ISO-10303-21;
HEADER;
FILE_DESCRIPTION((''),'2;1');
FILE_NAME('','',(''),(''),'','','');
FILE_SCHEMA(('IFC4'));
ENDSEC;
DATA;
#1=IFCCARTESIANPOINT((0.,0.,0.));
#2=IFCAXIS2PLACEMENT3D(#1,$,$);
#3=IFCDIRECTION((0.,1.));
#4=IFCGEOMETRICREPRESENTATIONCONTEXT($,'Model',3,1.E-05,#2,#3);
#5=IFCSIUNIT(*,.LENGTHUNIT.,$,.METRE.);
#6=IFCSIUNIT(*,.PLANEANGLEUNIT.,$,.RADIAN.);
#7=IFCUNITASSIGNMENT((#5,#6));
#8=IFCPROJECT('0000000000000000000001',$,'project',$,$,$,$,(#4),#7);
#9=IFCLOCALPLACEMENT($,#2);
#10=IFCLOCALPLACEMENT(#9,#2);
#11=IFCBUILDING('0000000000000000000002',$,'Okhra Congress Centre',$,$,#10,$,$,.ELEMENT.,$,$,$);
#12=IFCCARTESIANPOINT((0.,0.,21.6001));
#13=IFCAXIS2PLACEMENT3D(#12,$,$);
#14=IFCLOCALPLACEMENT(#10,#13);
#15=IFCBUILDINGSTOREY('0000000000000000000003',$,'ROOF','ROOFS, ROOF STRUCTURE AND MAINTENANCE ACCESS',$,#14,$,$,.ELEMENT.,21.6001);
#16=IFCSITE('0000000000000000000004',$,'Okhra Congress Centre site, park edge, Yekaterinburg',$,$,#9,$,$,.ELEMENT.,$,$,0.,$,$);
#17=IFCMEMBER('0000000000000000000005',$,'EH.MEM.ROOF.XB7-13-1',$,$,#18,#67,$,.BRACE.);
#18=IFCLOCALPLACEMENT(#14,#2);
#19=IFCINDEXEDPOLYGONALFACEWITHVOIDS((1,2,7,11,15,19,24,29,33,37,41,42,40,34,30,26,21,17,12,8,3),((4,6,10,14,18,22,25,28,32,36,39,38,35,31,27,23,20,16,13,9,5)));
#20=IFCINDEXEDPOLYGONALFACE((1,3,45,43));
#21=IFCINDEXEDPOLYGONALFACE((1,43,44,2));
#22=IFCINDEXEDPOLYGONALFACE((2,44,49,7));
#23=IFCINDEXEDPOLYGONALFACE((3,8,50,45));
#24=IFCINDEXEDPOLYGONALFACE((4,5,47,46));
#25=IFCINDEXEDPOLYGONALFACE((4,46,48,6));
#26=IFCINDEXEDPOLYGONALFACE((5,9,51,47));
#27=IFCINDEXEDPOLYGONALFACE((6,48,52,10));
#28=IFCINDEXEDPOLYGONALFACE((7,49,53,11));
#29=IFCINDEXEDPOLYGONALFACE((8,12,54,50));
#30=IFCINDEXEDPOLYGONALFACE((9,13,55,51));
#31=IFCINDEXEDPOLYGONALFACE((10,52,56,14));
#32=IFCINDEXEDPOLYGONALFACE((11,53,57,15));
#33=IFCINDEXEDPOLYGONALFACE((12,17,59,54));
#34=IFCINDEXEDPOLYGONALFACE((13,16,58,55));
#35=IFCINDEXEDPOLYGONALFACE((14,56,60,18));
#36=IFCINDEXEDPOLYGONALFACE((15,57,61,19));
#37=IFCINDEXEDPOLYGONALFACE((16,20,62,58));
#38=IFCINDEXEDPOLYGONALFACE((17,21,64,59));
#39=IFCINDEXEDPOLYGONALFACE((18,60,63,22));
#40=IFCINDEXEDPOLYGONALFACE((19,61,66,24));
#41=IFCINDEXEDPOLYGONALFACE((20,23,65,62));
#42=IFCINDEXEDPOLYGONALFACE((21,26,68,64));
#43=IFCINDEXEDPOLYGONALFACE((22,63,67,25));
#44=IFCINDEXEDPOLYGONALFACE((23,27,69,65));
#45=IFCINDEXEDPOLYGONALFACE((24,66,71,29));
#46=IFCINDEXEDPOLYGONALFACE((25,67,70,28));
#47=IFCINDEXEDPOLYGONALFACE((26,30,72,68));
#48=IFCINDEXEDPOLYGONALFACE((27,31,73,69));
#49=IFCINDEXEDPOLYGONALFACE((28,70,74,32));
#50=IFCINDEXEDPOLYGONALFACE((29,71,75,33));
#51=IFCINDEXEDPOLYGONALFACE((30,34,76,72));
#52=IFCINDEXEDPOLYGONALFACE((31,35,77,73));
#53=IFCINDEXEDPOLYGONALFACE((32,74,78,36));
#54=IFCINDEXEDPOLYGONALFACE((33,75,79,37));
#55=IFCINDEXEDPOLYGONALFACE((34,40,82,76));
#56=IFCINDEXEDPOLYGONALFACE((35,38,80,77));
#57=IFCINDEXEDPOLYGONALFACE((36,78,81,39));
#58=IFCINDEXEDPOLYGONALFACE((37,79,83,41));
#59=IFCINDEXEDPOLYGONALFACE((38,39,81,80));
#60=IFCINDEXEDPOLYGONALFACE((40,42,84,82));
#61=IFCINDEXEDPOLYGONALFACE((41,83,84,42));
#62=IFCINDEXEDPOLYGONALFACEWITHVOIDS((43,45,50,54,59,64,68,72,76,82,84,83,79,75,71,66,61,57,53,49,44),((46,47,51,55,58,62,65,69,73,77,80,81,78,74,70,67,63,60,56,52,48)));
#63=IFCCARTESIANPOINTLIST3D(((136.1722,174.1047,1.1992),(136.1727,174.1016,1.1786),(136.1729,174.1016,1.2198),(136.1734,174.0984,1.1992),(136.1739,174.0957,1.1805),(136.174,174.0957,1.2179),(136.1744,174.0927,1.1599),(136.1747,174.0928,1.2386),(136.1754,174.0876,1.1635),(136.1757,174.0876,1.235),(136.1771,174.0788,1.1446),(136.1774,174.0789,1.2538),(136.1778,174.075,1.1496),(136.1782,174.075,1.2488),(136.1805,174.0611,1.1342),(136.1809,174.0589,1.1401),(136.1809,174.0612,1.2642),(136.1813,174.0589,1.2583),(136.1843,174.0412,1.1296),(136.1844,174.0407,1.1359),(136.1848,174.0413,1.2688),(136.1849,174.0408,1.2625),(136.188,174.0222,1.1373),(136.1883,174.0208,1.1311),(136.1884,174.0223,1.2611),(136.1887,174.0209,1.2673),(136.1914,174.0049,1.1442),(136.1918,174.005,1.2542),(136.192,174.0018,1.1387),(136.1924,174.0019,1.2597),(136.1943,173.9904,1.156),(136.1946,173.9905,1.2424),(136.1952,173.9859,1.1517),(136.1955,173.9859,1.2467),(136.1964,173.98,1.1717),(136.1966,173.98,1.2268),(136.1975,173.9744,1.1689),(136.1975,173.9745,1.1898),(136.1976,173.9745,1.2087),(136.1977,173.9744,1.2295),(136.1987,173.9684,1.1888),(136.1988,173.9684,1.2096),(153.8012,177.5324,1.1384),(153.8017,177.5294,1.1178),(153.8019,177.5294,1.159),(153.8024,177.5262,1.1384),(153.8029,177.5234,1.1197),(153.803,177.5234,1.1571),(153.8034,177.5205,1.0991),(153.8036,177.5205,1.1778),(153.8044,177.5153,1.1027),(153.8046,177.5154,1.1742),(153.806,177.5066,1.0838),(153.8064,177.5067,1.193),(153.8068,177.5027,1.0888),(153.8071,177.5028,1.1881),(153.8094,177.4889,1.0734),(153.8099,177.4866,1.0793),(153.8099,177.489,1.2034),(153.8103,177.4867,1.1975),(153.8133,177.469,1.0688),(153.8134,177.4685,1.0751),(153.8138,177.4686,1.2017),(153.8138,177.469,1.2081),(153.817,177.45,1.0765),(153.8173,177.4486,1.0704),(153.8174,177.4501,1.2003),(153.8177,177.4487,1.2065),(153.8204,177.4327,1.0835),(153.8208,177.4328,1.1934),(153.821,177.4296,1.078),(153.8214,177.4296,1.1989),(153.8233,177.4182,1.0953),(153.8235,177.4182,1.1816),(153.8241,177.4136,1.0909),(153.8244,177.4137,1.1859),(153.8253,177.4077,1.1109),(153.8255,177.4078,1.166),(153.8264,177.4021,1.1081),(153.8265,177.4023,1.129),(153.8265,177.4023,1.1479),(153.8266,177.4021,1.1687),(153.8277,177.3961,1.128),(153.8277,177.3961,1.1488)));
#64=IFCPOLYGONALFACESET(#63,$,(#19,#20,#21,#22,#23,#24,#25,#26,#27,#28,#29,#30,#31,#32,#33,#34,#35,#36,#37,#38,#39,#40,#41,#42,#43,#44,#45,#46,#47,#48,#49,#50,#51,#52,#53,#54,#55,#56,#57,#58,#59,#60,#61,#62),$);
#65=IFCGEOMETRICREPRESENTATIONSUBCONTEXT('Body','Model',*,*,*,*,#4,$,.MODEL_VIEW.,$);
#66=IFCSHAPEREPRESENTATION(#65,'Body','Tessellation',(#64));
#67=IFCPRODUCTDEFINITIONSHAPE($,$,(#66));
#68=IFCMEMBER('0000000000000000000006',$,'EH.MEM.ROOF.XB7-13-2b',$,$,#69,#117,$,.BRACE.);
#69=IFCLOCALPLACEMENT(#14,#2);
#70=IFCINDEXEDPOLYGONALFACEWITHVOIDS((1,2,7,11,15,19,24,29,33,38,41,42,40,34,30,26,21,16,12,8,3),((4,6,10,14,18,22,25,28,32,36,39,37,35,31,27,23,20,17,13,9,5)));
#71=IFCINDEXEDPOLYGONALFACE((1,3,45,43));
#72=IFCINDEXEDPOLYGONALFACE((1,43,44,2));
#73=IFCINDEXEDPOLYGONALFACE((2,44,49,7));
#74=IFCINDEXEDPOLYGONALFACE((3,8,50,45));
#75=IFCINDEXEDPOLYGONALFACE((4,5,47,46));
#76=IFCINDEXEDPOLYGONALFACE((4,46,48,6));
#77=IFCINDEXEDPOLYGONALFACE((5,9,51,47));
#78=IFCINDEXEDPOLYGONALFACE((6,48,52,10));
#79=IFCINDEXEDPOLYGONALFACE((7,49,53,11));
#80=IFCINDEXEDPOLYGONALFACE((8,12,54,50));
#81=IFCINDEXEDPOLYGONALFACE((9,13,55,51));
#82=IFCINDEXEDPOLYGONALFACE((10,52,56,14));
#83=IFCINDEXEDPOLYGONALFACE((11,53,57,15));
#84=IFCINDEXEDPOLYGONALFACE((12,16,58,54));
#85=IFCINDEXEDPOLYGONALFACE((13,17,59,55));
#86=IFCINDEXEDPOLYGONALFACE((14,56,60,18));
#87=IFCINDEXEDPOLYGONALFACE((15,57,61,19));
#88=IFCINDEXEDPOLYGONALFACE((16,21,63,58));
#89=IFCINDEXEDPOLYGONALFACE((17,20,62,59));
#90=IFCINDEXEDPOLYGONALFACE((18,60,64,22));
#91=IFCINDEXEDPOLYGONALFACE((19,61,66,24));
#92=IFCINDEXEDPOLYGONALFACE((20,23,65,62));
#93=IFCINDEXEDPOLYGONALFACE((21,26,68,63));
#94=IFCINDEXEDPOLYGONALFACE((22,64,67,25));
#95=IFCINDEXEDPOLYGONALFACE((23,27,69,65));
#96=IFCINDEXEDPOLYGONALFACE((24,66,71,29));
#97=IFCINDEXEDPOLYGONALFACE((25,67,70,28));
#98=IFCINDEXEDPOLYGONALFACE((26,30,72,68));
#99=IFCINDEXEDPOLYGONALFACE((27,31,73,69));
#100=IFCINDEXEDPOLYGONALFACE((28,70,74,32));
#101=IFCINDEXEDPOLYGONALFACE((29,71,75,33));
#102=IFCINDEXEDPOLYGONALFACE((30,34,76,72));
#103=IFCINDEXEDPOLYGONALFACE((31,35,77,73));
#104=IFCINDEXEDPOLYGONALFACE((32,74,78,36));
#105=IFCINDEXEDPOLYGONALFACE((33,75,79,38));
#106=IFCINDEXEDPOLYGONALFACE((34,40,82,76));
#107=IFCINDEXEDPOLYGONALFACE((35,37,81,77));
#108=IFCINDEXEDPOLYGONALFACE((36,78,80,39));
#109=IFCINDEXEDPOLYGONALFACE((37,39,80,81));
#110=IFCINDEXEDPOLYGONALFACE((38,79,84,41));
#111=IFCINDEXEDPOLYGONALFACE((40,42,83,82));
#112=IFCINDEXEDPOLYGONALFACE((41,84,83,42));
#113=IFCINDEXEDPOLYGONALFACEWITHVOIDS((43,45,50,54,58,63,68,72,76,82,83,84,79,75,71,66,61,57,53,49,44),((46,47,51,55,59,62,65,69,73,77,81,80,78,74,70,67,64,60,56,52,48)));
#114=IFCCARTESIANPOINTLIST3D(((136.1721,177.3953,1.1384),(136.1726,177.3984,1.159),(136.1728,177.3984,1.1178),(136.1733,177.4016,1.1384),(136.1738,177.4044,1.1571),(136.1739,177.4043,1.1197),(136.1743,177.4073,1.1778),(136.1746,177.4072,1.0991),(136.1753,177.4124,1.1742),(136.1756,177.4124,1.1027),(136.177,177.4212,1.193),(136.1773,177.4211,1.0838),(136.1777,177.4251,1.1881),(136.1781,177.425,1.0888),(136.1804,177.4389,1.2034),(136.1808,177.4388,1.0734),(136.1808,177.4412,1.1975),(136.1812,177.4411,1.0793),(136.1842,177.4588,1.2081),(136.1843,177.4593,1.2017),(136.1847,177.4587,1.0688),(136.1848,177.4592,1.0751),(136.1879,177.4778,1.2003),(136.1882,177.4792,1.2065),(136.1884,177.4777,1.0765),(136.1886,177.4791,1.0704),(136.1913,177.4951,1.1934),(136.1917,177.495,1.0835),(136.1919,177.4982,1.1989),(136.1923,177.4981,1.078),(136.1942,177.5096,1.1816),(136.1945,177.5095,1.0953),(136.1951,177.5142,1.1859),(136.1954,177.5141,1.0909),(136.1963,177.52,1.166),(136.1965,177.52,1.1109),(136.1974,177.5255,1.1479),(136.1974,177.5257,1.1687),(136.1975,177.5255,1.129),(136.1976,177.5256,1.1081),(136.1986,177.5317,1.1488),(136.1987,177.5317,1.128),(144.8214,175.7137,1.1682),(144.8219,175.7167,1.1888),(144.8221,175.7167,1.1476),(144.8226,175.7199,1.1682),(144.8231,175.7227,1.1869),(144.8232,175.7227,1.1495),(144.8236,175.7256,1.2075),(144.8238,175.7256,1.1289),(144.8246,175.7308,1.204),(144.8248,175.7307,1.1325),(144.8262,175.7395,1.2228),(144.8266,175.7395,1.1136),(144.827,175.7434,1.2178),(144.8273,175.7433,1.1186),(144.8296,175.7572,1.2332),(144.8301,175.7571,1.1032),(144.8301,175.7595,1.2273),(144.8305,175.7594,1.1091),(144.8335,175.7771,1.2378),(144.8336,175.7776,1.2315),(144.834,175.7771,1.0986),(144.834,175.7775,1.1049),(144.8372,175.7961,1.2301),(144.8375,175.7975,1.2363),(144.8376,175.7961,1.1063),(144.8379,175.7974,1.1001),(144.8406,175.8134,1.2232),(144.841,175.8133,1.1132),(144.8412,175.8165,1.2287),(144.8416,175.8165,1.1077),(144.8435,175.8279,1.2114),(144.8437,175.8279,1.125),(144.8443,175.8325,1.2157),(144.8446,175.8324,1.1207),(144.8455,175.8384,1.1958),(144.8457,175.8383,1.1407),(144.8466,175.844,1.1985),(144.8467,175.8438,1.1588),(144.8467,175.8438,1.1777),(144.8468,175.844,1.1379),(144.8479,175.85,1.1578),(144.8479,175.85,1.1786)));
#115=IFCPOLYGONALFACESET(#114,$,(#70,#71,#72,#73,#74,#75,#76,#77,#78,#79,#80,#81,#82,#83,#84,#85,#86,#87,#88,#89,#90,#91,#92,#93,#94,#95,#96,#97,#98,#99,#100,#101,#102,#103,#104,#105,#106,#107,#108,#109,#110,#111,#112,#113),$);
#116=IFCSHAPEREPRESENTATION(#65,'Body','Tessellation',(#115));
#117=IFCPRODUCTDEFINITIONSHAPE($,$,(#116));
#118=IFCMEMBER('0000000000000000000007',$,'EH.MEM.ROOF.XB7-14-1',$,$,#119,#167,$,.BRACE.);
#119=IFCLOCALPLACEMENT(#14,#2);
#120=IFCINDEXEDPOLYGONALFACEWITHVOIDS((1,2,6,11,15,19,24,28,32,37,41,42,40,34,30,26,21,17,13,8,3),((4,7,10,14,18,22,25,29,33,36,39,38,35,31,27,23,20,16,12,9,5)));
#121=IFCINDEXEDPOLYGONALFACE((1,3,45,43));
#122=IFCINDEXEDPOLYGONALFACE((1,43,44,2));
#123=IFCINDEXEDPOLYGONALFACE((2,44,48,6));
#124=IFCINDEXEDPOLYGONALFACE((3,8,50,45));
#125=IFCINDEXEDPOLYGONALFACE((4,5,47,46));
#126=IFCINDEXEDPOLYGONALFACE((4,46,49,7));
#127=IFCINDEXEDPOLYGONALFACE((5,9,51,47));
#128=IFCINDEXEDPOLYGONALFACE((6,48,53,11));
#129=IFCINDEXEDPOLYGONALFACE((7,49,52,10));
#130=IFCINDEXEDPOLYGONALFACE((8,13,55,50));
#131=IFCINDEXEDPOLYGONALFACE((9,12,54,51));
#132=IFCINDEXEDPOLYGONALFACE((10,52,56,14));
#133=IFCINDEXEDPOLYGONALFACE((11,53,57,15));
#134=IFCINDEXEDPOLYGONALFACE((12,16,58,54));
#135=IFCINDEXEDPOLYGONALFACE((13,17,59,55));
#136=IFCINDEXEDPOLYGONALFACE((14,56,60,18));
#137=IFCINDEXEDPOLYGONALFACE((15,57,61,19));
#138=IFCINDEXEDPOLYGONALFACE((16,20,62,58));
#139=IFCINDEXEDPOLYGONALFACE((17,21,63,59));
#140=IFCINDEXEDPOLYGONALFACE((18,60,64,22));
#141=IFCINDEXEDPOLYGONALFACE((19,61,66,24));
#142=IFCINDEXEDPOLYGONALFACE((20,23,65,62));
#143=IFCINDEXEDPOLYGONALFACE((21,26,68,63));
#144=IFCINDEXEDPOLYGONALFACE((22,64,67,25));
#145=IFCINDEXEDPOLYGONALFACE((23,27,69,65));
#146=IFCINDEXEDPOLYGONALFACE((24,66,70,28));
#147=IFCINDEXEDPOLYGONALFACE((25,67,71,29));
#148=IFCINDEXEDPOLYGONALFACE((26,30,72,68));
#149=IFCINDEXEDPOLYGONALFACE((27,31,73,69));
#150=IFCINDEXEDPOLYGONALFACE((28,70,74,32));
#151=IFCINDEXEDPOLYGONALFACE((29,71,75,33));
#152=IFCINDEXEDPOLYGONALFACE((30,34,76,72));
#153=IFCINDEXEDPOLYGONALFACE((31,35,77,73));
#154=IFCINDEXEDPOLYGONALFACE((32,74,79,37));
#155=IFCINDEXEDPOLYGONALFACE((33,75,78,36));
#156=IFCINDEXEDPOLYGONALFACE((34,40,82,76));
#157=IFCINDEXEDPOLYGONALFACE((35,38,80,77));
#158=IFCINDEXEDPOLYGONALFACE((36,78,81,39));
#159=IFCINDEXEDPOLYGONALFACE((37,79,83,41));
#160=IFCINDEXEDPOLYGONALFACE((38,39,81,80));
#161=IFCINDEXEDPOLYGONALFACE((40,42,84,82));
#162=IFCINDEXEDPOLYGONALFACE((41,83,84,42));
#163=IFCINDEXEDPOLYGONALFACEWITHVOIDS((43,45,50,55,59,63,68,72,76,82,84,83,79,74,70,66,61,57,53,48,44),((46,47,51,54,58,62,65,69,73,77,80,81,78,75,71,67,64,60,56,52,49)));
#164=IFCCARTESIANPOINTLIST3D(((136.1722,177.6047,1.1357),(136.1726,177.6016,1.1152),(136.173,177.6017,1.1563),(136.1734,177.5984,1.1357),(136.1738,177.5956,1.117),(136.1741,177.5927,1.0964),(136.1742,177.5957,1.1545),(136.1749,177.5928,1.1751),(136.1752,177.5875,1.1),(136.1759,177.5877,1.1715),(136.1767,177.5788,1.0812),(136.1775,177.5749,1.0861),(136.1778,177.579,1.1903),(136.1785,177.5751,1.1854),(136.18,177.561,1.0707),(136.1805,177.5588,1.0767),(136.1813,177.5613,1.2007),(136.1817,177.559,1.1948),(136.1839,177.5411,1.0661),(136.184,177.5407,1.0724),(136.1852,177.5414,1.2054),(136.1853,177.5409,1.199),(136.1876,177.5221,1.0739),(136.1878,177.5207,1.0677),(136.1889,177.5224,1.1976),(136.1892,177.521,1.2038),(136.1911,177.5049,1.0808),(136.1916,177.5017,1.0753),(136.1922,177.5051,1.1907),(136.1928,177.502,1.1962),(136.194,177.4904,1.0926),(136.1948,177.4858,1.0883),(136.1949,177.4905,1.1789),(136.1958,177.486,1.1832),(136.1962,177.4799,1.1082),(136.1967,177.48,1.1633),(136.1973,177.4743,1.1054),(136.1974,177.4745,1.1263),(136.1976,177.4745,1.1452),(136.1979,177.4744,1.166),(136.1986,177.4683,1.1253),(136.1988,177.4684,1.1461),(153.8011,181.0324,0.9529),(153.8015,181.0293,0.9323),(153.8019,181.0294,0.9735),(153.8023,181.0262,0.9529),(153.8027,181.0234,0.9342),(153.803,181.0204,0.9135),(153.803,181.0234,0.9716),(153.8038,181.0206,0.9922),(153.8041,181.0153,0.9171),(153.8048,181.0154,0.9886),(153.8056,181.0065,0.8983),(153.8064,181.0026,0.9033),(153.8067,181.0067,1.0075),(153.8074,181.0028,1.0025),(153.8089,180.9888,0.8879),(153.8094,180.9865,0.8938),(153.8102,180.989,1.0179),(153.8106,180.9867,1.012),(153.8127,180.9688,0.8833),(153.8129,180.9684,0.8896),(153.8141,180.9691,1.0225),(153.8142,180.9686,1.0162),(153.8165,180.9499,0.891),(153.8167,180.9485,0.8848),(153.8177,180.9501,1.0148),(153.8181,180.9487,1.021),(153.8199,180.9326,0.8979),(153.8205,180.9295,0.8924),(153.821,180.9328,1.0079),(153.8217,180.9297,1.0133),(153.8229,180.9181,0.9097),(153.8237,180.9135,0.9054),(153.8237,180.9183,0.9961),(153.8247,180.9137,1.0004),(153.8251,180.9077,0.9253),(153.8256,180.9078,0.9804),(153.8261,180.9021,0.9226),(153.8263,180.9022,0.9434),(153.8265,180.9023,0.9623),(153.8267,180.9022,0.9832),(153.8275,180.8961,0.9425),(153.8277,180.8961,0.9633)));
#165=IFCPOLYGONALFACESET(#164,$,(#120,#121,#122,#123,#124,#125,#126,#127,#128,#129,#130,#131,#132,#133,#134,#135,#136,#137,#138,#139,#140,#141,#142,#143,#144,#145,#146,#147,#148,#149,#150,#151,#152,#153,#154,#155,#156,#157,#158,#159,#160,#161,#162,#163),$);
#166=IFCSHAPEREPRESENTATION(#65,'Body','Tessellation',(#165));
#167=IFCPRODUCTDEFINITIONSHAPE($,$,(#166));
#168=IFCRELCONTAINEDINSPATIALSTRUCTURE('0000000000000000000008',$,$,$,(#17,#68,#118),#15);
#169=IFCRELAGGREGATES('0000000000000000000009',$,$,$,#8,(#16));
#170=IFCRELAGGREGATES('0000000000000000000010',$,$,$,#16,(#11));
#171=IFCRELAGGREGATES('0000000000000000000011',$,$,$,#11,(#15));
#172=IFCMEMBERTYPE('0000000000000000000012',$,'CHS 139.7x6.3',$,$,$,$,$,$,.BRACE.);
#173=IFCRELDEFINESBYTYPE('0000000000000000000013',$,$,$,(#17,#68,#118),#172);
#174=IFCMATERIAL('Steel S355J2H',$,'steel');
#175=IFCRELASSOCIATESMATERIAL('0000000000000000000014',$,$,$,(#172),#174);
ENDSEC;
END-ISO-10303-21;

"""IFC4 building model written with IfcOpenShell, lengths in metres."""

from ifc_helpers import new_model, si_unit, direction, frame, origin, origin_2d, place, context, subcontext, project, spatial, hollow_circle, extrude, material, material_profile, profile_set, type_object, element, save


model = new_model("IFC4")

# Units and contexts
model_context = context("Model", 3, precision=1e-05, world=origin(), true_north=direction((0.0, 1.0)))
body_context = subcontext(model_context, "Body", "Model", "MODEL_VIEW")
ifc_project = project(units=[si_unit("LENGTHUNIT", "METRE"), si_unit("PLANEANGLEUNIT", "RADIAN")], contexts=[model_context])

# Site, building, storey
site_placement = place(None, origin())
site = spatial("IfcSite", under=ifc_project, at=site_placement, Name="Okhra Congress Centre site, park edge, Yekaterinburg", CompositionType="ELEMENT", RefElevation=0.0)
building_placement = place(site_placement, origin())
building = spatial("IfcBuilding", under=site, at=building_placement, Name="Okhra Congress Centre", CompositionType="ELEMENT")
storey_placement = place(building_placement, frame((0.0, 0.0, 21.6001)))
storey = spatial("IfcBuildingStorey", under=building, at=storey_placement, Name="ROOF", Description="ROOFS, ROOF STRUCTURE AND MAINTENANCE ACCESS", CompositionType="ELEMENT", Elevation=21.6001)

# Members
ifc_material_1 = material(Name="Steel S355J2H", Category="steel")
ifc_material_profile_1 = material_profile(ifc_material_1, hollow_circle(Radius=0.0698, WallThickness=0.0063, at=origin_2d()), Name="CHS 139.7x6.3")
ifc_profile_set_1 = profile_set([ifc_material_profile_1], Name="Steel S355J2H")
member_type_1 = type_object("IfcMemberType", Name="CHS 139.7x6.3", PredefinedType="BRACE", material=ifc_profile_set_1)
member_1_placement = place(storey_placement, frame((136.1855, 174.0361, 1.1992), z_axis=(0.981611, 0.190863, -0.003385), x_axis=(-0.190864, 0.981617, 0.0)))
element("IfcMember", 1, at=member_1_placement, inside=storey, type_object=member_type_1, Name="EH.MEM.ROOF.XB7-13-1", PredefinedType="BRACE", context=body_context, shape_type="SweptSolid", body=[
    extrude(hollow_circle(Radius=0.0698, WallThickness=0.0063, at=origin_2d()), origin(), (0.0, 0.0, 1.0), 17.9592),
])
member_2_placement = place(storey_placement, frame((144.8347, 175.7822, 1.1682), z_axis=(-0.981613, 0.190853, -0.00338), x_axis=(-0.190854, -0.981618, 0.0)))
element("IfcMember", 2, at=member_2_placement, inside=storey, type_object=member_type_1, Name="EH.MEM.ROOF.XB7-13-2b", PredefinedType="BRACE", context=body_context, shape_type="SweptSolid", body=[
    extrude(hollow_circle(Radius=0.0698, WallThickness=0.0063, at=origin_2d()), origin(), (0.0, 0.0, 1.0), 8.8113),
])
member_3_placement = place(storey_placement, frame((136.1855, 177.5361, 1.1357), z_axis=(0.981566, 0.190854, -0.010182), x_axis=(-0.190864, 0.981617, 0.0)))
element("IfcMember", 3, at=member_3_placement, inside=storey, type_object=member_type_1, Name="EH.MEM.ROOF.XB7-14-1", PredefinedType="BRACE", context=body_context, shape_type="SweptSolid", body=[
    extrude(hollow_circle(Radius=0.0698, WallThickness=0.0063, at=origin_2d()), origin(), (0.0, 0.0, 1.0), 17.96),
])

save(model, "model.ifc")
